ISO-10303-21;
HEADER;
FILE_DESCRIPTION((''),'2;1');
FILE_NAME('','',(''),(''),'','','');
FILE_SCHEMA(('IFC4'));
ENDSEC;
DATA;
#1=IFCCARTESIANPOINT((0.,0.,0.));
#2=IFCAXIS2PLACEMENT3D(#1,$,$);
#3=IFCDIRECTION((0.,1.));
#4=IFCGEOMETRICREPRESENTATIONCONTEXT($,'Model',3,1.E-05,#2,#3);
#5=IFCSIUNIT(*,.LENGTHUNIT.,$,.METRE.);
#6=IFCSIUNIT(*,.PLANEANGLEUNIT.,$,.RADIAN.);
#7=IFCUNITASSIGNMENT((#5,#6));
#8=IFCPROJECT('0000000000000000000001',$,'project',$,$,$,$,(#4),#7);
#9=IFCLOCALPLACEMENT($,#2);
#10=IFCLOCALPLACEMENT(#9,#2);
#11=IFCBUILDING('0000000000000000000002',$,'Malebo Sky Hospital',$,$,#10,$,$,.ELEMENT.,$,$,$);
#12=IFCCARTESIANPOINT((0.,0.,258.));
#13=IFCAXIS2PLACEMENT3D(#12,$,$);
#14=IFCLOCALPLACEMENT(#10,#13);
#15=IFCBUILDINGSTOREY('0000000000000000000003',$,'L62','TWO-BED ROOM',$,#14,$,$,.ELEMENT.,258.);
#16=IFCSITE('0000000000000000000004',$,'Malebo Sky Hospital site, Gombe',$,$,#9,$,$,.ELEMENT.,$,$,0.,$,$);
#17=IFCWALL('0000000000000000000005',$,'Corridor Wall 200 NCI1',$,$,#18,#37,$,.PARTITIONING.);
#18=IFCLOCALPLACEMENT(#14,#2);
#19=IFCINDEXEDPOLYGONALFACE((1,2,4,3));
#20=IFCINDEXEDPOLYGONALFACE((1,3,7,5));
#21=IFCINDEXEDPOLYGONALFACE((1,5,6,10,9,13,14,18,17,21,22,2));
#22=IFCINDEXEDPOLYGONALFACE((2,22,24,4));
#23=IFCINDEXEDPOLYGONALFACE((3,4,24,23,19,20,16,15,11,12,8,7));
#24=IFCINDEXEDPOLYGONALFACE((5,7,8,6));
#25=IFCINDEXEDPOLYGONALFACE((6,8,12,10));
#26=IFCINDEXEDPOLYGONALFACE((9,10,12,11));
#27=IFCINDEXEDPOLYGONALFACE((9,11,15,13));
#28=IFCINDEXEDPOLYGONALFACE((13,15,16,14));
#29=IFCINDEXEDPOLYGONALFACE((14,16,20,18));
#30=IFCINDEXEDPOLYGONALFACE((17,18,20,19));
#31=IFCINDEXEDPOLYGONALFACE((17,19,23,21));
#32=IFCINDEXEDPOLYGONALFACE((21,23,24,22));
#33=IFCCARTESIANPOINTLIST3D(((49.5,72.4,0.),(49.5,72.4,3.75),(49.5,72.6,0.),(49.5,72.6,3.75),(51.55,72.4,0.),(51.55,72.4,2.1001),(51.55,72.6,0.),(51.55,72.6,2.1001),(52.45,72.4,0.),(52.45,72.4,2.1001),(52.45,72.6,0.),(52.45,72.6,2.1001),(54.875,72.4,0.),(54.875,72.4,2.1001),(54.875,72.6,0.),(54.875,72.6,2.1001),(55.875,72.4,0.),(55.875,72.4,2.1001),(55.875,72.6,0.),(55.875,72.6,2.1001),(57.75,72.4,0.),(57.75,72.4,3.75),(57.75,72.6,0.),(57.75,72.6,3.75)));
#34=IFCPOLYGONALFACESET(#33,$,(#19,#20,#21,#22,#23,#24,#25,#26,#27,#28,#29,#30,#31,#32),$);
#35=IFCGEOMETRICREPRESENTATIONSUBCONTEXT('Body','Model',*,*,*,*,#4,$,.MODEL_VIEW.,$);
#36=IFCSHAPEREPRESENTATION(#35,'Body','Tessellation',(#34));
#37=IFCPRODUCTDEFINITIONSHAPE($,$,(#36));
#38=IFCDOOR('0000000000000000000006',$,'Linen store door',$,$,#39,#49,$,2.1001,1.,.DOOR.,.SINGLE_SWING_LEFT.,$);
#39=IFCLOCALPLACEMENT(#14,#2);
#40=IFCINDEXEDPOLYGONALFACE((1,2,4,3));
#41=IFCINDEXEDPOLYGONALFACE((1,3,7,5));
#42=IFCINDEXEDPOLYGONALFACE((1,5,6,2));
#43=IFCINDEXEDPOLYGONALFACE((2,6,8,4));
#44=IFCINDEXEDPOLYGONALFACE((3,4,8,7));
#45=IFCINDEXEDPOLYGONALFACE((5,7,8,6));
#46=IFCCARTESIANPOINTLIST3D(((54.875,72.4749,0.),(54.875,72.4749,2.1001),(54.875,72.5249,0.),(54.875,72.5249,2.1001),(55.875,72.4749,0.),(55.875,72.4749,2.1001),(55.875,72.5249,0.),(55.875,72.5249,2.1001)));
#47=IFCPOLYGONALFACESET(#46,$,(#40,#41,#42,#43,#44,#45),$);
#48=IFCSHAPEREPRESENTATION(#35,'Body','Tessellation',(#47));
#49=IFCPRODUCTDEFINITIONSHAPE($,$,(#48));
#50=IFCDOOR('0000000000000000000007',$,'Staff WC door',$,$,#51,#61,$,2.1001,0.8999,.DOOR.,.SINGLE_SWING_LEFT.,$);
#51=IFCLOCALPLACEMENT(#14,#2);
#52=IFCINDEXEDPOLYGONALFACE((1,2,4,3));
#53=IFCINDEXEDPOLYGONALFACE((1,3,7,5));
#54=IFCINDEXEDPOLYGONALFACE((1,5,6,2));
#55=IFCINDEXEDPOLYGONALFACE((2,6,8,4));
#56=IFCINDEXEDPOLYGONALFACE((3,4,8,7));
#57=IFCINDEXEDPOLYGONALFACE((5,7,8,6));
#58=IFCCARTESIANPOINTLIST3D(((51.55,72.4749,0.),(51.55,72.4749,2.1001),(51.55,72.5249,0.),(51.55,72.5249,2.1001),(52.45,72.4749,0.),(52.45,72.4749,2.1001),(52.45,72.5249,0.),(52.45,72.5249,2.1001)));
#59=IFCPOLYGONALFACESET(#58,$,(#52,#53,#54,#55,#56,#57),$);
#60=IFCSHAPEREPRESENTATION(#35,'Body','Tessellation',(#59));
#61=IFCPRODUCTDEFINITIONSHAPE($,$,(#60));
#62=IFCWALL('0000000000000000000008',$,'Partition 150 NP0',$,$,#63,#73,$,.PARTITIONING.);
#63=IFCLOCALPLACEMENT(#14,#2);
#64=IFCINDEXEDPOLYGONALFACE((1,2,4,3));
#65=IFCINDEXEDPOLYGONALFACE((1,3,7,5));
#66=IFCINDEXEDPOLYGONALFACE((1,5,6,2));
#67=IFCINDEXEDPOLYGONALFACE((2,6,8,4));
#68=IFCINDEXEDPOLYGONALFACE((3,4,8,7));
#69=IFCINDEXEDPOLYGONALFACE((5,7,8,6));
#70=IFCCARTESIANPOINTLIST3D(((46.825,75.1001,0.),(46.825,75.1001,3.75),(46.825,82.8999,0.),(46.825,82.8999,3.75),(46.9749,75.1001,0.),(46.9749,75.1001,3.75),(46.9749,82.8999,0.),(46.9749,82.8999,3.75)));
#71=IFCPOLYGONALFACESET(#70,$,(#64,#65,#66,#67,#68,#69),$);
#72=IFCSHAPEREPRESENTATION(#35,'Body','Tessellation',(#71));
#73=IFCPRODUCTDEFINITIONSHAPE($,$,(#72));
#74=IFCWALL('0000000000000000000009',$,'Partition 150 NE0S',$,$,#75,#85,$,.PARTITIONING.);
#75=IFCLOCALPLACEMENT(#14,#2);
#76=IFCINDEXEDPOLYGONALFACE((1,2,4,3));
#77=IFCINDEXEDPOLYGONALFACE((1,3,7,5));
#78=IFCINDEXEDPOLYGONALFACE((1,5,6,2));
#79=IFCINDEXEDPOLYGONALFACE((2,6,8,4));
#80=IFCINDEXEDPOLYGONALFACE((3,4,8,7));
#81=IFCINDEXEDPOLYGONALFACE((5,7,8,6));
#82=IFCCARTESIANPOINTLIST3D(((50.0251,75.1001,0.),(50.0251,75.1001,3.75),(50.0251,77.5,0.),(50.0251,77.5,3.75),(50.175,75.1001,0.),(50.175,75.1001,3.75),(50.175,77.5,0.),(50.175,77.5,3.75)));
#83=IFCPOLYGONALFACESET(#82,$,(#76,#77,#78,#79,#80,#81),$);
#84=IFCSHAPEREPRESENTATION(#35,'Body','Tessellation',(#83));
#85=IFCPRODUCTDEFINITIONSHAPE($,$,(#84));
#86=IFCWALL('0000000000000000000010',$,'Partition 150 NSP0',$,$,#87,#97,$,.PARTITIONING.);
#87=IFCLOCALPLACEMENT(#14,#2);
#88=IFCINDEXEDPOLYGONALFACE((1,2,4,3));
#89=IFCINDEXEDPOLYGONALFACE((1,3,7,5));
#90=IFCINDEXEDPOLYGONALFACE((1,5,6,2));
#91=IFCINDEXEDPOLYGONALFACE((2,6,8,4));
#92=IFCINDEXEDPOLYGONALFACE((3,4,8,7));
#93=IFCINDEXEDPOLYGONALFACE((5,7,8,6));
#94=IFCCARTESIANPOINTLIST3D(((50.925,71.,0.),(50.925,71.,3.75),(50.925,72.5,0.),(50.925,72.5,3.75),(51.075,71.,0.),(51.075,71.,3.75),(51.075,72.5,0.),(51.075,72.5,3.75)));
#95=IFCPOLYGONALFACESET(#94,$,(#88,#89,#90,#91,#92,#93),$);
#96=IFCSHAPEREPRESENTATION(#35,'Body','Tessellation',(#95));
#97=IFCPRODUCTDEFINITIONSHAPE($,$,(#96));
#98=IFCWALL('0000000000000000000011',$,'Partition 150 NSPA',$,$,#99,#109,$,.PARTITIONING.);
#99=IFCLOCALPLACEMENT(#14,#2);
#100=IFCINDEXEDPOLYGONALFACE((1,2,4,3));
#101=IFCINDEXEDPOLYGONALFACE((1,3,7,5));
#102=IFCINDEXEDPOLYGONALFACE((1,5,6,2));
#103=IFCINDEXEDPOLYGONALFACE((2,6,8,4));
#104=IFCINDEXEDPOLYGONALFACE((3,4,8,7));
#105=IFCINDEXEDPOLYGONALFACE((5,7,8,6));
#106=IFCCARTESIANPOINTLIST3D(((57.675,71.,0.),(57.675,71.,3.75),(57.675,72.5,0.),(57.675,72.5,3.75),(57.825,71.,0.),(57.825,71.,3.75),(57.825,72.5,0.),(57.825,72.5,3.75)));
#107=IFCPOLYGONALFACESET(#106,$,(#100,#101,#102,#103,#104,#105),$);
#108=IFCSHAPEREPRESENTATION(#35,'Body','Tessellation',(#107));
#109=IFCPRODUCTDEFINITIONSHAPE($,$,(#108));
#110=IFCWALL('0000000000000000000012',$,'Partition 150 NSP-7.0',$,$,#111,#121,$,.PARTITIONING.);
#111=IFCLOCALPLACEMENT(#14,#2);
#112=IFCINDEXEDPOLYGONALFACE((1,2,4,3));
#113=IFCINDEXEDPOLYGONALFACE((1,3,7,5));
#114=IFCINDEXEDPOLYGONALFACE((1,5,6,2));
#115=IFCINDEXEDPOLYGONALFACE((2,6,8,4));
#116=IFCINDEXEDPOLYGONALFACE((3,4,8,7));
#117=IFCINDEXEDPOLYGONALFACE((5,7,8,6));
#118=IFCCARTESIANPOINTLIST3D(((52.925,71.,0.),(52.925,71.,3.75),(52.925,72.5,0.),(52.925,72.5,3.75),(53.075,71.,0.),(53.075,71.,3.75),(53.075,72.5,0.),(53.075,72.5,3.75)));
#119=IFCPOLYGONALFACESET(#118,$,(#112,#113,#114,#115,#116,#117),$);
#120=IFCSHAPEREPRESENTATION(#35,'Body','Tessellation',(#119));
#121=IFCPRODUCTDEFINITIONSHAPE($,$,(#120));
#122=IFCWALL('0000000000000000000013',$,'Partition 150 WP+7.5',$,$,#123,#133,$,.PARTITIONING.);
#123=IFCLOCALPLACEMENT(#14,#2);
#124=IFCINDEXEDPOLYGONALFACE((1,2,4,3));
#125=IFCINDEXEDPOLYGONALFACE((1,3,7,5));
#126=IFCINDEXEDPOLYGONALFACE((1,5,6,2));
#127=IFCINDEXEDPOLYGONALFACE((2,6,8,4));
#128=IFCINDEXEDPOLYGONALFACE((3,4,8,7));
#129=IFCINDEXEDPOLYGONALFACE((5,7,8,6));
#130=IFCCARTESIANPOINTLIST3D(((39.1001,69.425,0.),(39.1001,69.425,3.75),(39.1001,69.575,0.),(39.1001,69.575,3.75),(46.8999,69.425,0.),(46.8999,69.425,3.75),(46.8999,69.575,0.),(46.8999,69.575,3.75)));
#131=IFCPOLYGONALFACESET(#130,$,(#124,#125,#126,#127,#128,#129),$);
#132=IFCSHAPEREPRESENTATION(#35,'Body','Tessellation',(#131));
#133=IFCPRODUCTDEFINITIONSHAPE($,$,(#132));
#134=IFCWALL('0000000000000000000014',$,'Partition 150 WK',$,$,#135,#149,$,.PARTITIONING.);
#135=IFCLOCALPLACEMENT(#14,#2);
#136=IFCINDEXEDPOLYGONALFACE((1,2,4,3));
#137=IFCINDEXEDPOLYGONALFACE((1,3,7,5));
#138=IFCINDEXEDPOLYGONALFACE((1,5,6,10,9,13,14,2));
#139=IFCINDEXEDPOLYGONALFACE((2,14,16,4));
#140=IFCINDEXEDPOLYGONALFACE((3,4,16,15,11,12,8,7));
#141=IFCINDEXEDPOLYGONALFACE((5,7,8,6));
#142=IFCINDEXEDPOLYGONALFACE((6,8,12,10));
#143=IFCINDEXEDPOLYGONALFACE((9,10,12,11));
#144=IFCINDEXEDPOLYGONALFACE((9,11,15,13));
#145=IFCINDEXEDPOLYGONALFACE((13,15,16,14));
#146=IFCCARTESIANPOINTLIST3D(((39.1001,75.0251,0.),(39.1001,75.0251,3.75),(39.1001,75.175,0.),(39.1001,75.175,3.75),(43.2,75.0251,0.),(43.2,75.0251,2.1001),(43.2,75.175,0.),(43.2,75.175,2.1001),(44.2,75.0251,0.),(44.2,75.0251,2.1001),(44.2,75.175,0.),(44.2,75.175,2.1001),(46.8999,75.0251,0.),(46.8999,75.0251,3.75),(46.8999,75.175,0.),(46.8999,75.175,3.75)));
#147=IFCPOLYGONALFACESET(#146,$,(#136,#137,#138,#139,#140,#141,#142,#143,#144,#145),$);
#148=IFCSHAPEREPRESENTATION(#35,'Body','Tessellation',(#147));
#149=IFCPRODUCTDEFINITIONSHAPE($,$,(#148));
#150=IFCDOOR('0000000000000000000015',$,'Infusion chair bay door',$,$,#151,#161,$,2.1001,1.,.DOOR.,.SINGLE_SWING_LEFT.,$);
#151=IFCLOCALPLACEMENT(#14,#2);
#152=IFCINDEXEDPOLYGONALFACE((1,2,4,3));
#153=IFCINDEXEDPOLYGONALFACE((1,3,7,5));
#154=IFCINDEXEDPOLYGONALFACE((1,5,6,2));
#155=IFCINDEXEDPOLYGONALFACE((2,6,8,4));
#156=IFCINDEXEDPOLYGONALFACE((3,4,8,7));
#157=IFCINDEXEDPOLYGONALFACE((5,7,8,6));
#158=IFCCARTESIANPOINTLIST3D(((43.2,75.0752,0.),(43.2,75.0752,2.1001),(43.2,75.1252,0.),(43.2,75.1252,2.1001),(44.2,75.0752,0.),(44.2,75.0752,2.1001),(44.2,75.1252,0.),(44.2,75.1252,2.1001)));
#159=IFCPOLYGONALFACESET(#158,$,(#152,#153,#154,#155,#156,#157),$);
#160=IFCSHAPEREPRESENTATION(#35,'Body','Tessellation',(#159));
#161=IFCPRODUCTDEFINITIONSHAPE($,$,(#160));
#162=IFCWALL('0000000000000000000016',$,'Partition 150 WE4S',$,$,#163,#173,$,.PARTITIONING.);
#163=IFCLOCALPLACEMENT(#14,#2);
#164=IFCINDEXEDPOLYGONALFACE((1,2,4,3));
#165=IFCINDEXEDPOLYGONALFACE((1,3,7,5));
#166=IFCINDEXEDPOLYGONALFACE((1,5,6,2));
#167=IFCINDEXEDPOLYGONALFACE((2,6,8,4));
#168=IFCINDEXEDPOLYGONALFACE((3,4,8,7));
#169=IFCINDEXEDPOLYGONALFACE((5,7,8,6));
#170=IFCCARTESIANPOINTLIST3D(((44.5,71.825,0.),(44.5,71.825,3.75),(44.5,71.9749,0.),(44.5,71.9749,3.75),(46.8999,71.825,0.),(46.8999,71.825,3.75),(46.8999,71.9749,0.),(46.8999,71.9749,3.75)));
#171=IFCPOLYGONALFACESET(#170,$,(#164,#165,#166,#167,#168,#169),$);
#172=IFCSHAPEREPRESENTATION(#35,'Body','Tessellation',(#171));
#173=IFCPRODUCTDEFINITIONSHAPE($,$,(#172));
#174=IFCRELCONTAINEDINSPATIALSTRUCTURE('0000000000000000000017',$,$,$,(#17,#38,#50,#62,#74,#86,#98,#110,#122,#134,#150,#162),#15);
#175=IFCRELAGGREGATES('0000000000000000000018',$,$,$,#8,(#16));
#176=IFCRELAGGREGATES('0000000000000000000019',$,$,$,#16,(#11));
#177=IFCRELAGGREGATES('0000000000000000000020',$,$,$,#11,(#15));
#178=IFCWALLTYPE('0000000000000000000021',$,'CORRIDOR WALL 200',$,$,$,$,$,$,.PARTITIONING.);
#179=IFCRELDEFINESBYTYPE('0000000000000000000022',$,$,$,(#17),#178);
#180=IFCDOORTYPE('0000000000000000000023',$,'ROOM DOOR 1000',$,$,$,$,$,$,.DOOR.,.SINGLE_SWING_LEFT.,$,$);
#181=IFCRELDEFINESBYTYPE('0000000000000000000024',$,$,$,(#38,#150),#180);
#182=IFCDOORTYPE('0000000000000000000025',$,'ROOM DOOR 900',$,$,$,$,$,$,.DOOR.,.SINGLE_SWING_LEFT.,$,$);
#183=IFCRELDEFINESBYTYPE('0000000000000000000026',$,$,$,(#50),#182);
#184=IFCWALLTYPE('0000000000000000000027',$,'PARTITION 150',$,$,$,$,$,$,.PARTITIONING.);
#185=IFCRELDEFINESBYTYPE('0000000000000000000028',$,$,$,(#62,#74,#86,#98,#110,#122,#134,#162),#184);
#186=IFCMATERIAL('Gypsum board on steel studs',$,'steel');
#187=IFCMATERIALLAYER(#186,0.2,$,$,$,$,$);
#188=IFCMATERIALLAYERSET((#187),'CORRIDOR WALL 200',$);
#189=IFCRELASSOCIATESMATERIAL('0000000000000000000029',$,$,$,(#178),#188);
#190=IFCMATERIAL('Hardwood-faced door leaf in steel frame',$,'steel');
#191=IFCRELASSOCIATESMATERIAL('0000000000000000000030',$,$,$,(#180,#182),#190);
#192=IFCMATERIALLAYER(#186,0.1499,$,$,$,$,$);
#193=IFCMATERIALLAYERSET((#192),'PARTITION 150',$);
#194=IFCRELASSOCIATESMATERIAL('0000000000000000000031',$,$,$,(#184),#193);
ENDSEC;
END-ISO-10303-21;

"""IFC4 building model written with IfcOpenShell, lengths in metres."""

from ifc_helpers import new_model, si_unit, direction, frame, frame_2d, origin, place, context, subcontext, project, spatial, rectangle, extrude, material, layer, layer_set, type_object, element, fill, save


model = new_model("IFC4")

# Units and contexts
model_context = context("Model", 3, precision=1e-05, world=origin(), true_north=direction((0.0, 1.0)))
body_context = subcontext(model_context, "Body", "Model", "MODEL_VIEW")
ifc_project = project(units=[si_unit("LENGTHUNIT", "METRE"), si_unit("PLANEANGLEUNIT", "RADIAN")], contexts=[model_context])

# Site, building, storey
site_placement = place(None, origin())
site = spatial("IfcSite", under=ifc_project, at=site_placement, Name="Malebo Sky Hospital site, Gombe", CompositionType="ELEMENT", RefElevation=0.0)
building_placement = place(site_placement, origin())
building = spatial("IfcBuilding", under=site, at=building_placement, Name="Malebo Sky Hospital", CompositionType="ELEMENT")
storey_placement = place(building_placement, frame((0.0, 0.0, 258.0)))
storey = spatial("IfcBuildingStorey", under=building, at=storey_placement, Name="L62", Description="TWO-BED ROOM", CompositionType="ELEMENT", Elevation=258.0)

# Shared definitions
ifc_material_1 = material(Name="Hardwood-faced door leaf in steel frame", Category="steel")

# Wall, openings, doors
ifc_material_2 = material(Name="Gypsum board on steel studs", Category="steel")
ifc_layer_1 = layer(ifc_material_2, 0.2)
ifc_layer_set_1 = layer_set([ifc_layer_1], Name="CORRIDOR WALL 200")
wall_type_1 = type_object("IfcWallType", Name="CORRIDOR WALL 200", PredefinedType="PARTITIONING", material=ifc_layer_set_1)
door_type_1 = type_object("IfcDoorType", Name="ROOM DOOR 1000", OperationType="SINGLE_SWING_LEFT", PredefinedType="DOOR", material=ifc_material_1)
door_type_2 = type_object("IfcDoorType", Name="ROOM DOOR 900", OperationType="SINGLE_SWING_LEFT", PredefinedType="DOOR", material=ifc_material_1)
wall_1_placement = place(storey_placement, frame((49.5, 72.5, 0.0), z_axis=(0.0, 0.0, 1.0), x_axis=(1.0, 0.0, 0.0)))
wall_1 = element("IfcWall", 1, at=wall_1_placement, inside=storey, type_object=wall_type_1, Name="Corridor Wall 200 NCI1", PredefinedType="PARTITIONING", context=body_context, shape_type="SweptSolid", body=[
    extrude(rectangle(XDim=8.25, YDim=0.2, at=frame_2d((4.125, 0.0))), origin(), (0.0, 0.0, 1.0), 3.75),
])
opening_1_placement = place(wall_1_placement, frame((2.05, 0.0, 0.0)))
opening_1 = element("IfcOpeningElement", 2, at=opening_1_placement, cuts=wall_1, PredefinedType="OPENING", context=body_context, shape_type="SweptSolid", body=[
    extrude(rectangle(XDim=0.8999, YDim=2.1001, at=frame_2d((0.45, 1.05))), frame((0.0, 0.1099, 0.0), z_axis=(0.0, -1.0, 0.0), x_axis=(1.0, 0.0, 0.0)), (0.0, 0.0, 1.0), 0.22),
])
opening_2_placement = place(wall_1_placement, frame((5.375, 0.0, 0.0)))
opening_2 = element("IfcOpeningElement", 3, at=opening_2_placement, cuts=wall_1, PredefinedType="OPENING", context=body_context, shape_type="SweptSolid", body=[
    extrude(rectangle(XDim=1.0, YDim=2.1001, at=frame_2d((0.5, 1.05))), frame((0.0, 0.1099, 0.0), z_axis=(0.0, -1.0, 0.0), x_axis=(1.0, 0.0, 0.0)), (0.0, 0.0, 1.0), 0.22),
])
door_1_placement = place(opening_2_placement, origin())
door_1 = element("IfcDoor", 4, at=door_1_placement, inside=storey, type_object=door_type_1, Name="Linen store door", OperationType="SINGLE_SWING_LEFT", OverallHeight=2.1001, OverallWidth=1.0, PredefinedType="DOOR", context=body_context, shape_type="SweptSolid", body=[
    extrude(rectangle(XDim=1.0, YDim=2.1001, at=frame_2d((0.5, 1.05))), frame((0.0, 0.0249, 0.0), z_axis=(0.0, -1.0, 0.0), x_axis=(1.0, 0.0, 0.0)), (0.0, 0.0, 1.0), 0.05),
])
fill(opening_2, door_1)
door_2_placement = place(opening_1_placement, origin())
door_2 = element("IfcDoor", 5, at=door_2_placement, inside=storey, type_object=door_type_2, Name="Staff WC door", OperationType="SINGLE_SWING_LEFT", OverallHeight=2.1001, OverallWidth=0.8999, PredefinedType="DOOR", context=body_context, shape_type="SweptSolid", body=[
    extrude(rectangle(XDim=0.8999, YDim=2.1001, at=frame_2d((0.45, 1.05))), frame((0.0, 0.0249, 0.0), z_axis=(0.0, -1.0, 0.0), x_axis=(1.0, 0.0, 0.0)), (0.0, 0.0, 1.0), 0.05),
])
fill(opening_1, door_2)

# Walls
ifc_layer_2 = layer(ifc_material_2, 0.1499)
ifc_layer_set_2 = layer_set([ifc_layer_2], Name="PARTITION 150")
wall_type_2 = type_object("IfcWallType", Name="PARTITION 150", PredefinedType="PARTITIONING", material=ifc_layer_set_2)
wall_2_placement = place(storey_placement, frame((46.8999, 75.1001, 0.0), z_axis=(0.0, 0.0, 1.0), x_axis=(0.0, 1.0, 0.0)))
element("IfcWall", 6, at=wall_2_placement, inside=storey, type_object=wall_type_2, Name="Partition 150 NP0", PredefinedType="PARTITIONING", context=body_context, shape_type="SweptSolid", body=[
    extrude(rectangle(XDim=7.7998, YDim=0.1499, at=frame_2d((3.8999, 0.0))), origin(), (0.0, 0.0, 1.0), 3.75),
])
wall_3_placement = place(storey_placement, frame((50.1001, 75.1001, 0.0), z_axis=(0.0, 0.0, 1.0), x_axis=(0.0, 1.0, 0.0)))
element("IfcWall", 7, at=wall_3_placement, inside=storey, type_object=wall_type_2, Name="Partition 150 NE0S", PredefinedType="PARTITIONING", context=body_context, shape_type="SweptSolid", body=[
    extrude(rectangle(XDim=2.3999, YDim=0.1499, at=frame_2d((1.2, 0.0))), origin(), (0.0, 0.0, 1.0), 3.75),
])
for number, where, z_axis, x_axis, name in (
    (8, (51.0, 71.0, 0.0), (0.0, 0.0, 1.0), (0.0, 1.0, 0.0), "Partition 150 NSP0"),
    (9, (57.75, 71.0, 0.0), (0.0, 0.0, 1.0), (0.0, 1.0, 0.0), "Partition 150 NSPA"),
    (10, (53.0, 71.0, 0.0), (0.0, 0.0, 1.0), (0.0, 1.0, 0.0), "Partition 150 NSP-7.0"),
):
    element("IfcWall", number, at=place(storey_placement, frame(where, z_axis=z_axis, x_axis=x_axis)), inside=storey, type_object=wall_type_2, Name=name, PredefinedType="PARTITIONING", context=body_context, shape_type="SweptSolid", body=[
        extrude(rectangle(XDim=1.5, YDim=0.1499, at=frame_2d((0.75, 0.0))), origin(), (0.0, 0.0, 1.0), 3.75),
    ])
wall_4_placement = place(storey_placement, frame((46.8999, 69.5, 0.0), z_axis=(0.0, 0.0, 1.0), x_axis=(-1.0, 0.0, 0.0)))
element("IfcWall", 11, at=wall_4_placement, inside=storey, type_object=wall_type_2, Name="Partition 150 WP+7.5", PredefinedType="PARTITIONING", context=body_context, shape_type="SweptSolid", body=[
    extrude(rectangle(XDim=7.7998, YDim=0.1499, at=frame_2d((3.8999, 0.0))), origin(), (0.0, 0.0, 1.0), 3.75),
])

# Wall, opening, door
wall_5_placement = place(storey_placement, frame((46.8999, 75.1001, 0.0), z_axis=(0.0, 0.0, 1.0), x_axis=(-1.0, 0.0, 0.0)))
wall_5 = element("IfcWall", 12, at=wall_5_placement, inside=storey, type_object=wall_type_2, Name="Partition 150 WK", PredefinedType="PARTITIONING", context=body_context, shape_type="SweptSolid", body=[
    extrude(rectangle(XDim=7.7998, YDim=0.1499, at=frame_2d((3.8999, 0.0))), origin(), (0.0, 0.0, 1.0), 3.75),
])
opening_3_placement = place(wall_5_placement, frame((2.7, 0.0, 0.0)))
opening_3 = element("IfcOpeningElement", 13, at=opening_3_placement, cuts=wall_5, PredefinedType="OPENING", context=body_context, shape_type="SweptSolid", body=[
    extrude(rectangle(XDim=1.0, YDim=2.1001, at=frame_2d((0.5, 1.05))), frame((0.0, 0.085, 0.0), z_axis=(0.0, -1.0, 0.0), x_axis=(1.0, 0.0, 0.0)), (0.0, 0.0, 1.0), 0.1699),
])
door_3_placement = place(opening_3_placement, origin())
door_3 = element("IfcDoor", 14, at=door_3_placement, inside=storey, type_object=door_type_1, Name="Infusion chair bay door", OperationType="SINGLE_SWING_LEFT", OverallHeight=2.1001, OverallWidth=1.0, PredefinedType="DOOR", context=body_context, shape_type="SweptSolid", body=[
    extrude(rectangle(XDim=1.0, YDim=2.1001, at=frame_2d((0.5, 1.05))), frame((0.0, 0.0249, 0.0), z_axis=(0.0, -1.0, 0.0), x_axis=(1.0, 0.0, 0.0)), (0.0, 0.0, 1.0), 0.05),
])
fill(opening_3, door_3)

# Wall
wall_6_placement = place(storey_placement, frame((46.8999, 71.8999, 0.0), z_axis=(0.0, 0.0, 1.0), x_axis=(-1.0, 0.0, 0.0)))
element("IfcWall", 15, at=wall_6_placement, inside=storey, type_object=wall_type_2, Name="Partition 150 WE4S", PredefinedType="PARTITIONING", context=body_context, shape_type="SweptSolid", body=[
    extrude(rectangle(XDim=2.3999, YDim=0.1499, at=frame_2d((1.2, 0.0))), origin(), (0.0, 0.0, 1.0), 3.75),
])

save(model, "model.ifc")
